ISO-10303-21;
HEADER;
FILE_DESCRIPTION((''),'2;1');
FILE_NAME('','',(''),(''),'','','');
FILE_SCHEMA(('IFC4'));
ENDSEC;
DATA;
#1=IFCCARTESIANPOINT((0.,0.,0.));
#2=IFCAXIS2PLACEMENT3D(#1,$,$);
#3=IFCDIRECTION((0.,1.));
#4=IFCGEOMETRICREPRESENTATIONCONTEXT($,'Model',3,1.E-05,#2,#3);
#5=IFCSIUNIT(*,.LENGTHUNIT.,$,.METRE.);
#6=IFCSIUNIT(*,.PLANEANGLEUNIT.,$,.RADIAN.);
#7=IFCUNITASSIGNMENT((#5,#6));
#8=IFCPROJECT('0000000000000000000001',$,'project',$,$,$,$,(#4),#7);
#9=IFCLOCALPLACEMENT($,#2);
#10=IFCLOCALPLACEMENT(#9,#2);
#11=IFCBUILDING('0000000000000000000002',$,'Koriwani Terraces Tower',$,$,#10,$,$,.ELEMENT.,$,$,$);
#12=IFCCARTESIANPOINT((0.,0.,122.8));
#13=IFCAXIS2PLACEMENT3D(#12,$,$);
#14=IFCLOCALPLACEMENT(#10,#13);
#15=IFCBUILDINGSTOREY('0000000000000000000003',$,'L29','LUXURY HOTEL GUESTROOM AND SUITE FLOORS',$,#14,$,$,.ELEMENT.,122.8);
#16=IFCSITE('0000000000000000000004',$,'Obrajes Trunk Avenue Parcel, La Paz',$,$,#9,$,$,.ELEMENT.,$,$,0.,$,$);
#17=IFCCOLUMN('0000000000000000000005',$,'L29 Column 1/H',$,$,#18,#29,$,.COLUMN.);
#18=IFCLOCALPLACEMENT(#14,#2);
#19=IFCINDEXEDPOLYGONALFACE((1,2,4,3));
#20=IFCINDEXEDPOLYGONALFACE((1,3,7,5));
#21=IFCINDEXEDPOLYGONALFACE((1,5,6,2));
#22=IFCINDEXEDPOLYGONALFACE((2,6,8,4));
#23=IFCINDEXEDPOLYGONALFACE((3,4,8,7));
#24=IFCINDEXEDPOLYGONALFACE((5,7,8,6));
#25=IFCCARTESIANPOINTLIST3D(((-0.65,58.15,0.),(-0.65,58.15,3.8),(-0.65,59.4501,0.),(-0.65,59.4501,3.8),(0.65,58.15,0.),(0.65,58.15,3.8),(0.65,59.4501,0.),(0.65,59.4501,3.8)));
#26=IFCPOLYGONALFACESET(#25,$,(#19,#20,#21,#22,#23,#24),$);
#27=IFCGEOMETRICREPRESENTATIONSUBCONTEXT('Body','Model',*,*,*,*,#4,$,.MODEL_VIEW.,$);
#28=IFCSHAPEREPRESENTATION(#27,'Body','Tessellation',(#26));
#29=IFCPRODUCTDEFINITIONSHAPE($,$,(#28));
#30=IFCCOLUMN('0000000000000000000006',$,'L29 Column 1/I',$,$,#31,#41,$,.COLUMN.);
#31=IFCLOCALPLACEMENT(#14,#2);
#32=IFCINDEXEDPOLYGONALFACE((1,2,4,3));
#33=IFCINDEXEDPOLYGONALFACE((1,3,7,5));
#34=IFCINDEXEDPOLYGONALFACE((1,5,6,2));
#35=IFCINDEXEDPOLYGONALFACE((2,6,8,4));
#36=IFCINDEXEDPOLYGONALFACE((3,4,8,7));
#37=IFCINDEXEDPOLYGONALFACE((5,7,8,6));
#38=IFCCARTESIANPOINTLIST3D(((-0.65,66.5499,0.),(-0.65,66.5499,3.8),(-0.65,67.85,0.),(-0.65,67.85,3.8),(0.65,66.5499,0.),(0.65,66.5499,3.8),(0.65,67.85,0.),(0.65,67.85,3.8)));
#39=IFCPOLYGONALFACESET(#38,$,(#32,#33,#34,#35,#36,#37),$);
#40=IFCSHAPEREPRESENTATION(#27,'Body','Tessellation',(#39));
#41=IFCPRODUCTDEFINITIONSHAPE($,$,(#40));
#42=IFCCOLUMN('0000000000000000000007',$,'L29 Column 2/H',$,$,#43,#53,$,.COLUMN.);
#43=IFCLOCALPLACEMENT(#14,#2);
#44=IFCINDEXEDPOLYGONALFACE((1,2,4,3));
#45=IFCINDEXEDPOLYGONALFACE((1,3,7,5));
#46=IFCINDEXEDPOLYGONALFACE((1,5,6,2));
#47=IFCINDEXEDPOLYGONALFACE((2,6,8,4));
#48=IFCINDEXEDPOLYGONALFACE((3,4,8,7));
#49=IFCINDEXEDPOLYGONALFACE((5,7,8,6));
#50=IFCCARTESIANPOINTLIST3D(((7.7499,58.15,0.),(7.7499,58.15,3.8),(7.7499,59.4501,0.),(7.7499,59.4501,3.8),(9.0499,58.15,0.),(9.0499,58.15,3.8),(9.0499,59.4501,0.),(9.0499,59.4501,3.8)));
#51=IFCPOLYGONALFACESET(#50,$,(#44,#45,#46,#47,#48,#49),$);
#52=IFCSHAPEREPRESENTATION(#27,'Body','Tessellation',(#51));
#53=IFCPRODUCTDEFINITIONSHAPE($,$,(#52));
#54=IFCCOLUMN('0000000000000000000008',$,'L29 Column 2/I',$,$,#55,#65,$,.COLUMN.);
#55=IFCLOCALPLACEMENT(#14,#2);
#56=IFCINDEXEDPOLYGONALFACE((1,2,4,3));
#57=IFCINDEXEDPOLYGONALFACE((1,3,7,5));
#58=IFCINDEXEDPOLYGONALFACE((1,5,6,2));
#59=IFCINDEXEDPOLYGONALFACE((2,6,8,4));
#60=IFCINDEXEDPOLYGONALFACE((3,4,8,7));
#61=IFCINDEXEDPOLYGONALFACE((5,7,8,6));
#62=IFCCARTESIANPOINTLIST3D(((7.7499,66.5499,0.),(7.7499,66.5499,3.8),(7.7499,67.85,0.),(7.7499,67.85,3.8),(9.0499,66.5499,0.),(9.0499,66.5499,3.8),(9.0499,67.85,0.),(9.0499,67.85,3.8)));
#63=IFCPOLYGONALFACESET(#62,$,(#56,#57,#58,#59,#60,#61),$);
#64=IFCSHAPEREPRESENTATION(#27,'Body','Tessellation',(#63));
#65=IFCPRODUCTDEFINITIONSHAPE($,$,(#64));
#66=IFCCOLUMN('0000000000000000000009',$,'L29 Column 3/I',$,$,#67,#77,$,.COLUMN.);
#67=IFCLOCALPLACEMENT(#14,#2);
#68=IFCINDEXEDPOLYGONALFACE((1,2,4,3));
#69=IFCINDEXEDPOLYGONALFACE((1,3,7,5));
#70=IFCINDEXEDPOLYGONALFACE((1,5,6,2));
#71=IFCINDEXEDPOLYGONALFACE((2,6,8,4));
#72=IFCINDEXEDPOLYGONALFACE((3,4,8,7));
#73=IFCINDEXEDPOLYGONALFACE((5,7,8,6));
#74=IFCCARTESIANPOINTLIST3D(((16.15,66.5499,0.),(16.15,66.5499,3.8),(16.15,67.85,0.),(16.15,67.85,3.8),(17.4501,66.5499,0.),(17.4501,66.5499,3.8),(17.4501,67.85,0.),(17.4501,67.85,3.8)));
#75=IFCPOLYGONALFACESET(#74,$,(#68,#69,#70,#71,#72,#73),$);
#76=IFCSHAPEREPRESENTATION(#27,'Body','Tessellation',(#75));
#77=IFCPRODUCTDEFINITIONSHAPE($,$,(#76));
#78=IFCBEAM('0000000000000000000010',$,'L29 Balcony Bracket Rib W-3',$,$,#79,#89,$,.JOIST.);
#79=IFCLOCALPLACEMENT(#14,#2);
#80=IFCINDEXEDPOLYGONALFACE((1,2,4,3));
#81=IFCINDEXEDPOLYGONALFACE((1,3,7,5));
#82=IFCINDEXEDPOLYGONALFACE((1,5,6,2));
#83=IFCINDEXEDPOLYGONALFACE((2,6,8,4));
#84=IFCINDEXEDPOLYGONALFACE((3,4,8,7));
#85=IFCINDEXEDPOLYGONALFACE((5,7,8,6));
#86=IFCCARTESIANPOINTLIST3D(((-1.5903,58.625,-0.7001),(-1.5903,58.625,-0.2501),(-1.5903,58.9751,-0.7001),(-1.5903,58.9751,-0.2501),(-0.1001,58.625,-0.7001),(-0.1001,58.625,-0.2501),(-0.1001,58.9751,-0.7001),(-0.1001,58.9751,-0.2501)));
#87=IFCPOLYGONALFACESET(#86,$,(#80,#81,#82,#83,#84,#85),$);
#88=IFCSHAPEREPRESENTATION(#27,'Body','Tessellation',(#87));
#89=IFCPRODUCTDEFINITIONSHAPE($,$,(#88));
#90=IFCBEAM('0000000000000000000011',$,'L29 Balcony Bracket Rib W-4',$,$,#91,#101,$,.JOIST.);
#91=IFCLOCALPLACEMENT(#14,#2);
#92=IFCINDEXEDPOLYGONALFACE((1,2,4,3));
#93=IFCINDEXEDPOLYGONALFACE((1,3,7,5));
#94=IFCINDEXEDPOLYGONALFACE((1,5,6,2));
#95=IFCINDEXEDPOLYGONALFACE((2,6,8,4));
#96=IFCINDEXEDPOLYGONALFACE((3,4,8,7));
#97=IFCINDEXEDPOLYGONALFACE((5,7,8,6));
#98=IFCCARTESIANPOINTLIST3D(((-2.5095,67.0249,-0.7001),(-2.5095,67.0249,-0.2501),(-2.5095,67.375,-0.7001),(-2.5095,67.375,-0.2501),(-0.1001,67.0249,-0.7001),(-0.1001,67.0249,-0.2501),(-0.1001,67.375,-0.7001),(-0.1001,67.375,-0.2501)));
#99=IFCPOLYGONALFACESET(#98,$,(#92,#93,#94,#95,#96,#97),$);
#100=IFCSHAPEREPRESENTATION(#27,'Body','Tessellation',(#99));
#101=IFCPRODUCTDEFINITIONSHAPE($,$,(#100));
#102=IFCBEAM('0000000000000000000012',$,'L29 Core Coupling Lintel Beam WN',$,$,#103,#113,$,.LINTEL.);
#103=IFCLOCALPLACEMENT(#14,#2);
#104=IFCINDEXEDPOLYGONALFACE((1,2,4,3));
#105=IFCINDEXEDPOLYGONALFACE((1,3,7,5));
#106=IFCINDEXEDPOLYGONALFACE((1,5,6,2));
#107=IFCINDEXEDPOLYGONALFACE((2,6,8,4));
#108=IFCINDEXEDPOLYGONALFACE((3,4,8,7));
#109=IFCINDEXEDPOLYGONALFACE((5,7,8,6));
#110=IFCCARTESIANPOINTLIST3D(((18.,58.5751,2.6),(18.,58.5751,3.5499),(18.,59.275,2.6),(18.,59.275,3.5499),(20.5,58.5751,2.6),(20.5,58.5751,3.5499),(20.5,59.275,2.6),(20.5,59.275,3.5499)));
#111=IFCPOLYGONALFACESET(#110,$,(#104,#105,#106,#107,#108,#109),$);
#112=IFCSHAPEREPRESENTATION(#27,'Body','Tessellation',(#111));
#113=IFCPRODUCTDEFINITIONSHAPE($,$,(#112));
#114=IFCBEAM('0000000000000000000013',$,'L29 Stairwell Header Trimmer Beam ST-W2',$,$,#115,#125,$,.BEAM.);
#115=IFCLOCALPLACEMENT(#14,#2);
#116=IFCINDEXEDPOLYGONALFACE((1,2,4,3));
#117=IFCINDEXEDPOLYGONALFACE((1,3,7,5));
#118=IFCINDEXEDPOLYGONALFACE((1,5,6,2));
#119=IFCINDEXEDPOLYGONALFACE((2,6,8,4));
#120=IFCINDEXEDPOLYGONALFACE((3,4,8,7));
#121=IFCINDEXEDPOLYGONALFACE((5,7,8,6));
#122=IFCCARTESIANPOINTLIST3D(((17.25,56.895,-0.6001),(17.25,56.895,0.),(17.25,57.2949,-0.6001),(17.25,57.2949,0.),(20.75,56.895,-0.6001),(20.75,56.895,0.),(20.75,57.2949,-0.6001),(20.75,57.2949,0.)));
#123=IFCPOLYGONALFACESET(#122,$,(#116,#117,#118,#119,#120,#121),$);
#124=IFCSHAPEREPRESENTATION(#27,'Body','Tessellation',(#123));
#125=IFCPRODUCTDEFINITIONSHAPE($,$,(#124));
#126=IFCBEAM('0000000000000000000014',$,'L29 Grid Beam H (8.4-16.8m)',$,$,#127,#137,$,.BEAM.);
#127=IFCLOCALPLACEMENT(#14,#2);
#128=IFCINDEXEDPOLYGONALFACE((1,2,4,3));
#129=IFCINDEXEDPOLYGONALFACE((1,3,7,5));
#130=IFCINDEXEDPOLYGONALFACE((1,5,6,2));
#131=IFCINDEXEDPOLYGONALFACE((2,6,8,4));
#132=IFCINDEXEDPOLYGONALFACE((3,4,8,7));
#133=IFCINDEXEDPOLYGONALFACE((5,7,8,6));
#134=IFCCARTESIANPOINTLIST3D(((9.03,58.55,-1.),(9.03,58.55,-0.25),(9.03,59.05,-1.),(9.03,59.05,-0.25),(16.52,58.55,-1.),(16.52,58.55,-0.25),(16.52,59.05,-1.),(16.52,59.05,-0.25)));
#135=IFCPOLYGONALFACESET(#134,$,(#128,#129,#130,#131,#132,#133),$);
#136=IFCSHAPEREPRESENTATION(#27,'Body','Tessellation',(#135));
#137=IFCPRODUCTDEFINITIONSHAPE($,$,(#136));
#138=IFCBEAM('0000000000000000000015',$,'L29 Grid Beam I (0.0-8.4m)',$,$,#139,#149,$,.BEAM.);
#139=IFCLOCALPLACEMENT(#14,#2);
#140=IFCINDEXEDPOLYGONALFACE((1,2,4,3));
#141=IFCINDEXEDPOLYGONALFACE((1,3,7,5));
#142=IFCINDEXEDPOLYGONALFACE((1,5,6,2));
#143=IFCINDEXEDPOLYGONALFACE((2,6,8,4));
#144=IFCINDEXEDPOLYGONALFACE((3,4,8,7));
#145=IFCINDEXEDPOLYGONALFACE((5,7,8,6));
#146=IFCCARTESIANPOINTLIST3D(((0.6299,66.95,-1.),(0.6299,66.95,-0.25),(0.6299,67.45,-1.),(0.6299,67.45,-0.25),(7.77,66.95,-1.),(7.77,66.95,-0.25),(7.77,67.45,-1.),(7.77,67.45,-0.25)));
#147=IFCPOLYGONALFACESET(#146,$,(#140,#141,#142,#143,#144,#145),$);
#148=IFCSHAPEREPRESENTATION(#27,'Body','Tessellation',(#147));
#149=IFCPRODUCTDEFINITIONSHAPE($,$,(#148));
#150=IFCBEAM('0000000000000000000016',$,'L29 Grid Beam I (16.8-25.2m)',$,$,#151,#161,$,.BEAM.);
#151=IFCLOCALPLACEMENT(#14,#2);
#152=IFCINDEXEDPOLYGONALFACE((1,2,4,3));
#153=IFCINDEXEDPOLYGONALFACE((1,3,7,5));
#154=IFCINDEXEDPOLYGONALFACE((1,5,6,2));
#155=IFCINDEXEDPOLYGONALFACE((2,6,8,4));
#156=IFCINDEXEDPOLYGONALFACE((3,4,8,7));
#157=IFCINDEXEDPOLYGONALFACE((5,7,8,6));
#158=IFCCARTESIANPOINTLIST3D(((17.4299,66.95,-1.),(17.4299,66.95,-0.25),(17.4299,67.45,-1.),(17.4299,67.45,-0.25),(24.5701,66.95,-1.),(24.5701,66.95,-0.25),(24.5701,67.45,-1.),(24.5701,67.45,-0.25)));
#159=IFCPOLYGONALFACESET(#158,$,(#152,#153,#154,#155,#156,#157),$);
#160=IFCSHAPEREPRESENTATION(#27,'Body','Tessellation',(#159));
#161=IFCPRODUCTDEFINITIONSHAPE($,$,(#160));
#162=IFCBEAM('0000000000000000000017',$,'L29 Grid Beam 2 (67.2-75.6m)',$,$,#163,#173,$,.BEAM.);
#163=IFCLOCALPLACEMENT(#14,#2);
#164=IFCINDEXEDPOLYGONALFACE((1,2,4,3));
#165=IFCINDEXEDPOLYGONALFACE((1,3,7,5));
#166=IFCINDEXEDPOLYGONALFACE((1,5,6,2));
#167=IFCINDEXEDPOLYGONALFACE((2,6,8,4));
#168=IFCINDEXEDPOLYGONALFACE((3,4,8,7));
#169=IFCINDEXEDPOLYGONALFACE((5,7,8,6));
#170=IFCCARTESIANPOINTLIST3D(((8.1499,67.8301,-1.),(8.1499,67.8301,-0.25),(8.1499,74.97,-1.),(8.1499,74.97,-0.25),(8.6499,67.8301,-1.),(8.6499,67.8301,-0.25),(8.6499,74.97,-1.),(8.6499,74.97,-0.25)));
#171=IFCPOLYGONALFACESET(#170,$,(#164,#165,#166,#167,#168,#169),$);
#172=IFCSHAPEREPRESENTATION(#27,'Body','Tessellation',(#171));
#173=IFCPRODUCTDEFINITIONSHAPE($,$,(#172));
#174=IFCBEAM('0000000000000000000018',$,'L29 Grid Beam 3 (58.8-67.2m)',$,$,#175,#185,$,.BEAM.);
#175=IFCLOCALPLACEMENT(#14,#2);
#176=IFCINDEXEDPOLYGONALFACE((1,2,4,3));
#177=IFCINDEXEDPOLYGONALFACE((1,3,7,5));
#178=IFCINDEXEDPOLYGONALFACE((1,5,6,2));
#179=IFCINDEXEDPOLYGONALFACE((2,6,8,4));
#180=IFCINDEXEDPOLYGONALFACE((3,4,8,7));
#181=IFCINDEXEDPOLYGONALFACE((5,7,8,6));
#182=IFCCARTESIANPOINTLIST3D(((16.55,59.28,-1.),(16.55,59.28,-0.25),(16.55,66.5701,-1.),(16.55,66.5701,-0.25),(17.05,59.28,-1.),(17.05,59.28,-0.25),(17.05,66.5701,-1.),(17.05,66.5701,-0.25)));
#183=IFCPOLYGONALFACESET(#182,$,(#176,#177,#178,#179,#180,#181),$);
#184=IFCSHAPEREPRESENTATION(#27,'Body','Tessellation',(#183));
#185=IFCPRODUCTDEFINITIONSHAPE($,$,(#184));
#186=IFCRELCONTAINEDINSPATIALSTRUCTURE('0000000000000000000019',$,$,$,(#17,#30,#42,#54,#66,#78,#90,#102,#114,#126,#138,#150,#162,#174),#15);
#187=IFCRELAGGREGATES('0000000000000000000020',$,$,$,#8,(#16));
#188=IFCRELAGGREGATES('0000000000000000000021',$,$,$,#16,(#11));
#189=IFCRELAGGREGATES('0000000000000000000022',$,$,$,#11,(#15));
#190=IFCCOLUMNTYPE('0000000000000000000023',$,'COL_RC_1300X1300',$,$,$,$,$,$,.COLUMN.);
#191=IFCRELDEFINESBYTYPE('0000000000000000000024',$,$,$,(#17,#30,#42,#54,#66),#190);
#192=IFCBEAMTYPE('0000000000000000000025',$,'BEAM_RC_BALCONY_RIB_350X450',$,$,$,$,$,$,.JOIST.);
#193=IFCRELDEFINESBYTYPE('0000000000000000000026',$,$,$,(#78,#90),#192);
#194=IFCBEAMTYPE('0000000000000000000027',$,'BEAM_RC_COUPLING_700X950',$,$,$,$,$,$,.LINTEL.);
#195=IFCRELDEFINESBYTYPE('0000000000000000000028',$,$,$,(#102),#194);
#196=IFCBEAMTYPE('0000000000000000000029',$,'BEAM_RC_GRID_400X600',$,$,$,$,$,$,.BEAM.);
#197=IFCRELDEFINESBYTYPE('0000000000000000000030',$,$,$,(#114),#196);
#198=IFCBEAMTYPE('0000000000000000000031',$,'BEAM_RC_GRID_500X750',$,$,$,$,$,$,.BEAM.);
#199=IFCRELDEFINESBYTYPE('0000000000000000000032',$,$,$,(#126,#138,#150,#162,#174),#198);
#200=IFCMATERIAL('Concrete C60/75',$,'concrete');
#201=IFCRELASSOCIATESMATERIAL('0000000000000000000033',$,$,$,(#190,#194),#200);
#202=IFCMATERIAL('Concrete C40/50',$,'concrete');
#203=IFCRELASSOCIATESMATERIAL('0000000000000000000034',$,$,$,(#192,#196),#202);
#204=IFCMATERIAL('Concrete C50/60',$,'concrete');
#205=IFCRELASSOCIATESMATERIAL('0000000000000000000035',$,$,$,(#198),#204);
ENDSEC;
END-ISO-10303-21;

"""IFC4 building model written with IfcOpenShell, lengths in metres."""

from ifc_helpers import new_model, si_unit, direction, frame, origin, origin_2d, place, context, subcontext, project, spatial, rectangle, extrude, material, material_profile, profile_set, type_object, element, save


model = new_model("IFC4")

# Units and contexts
model_context = context("Model", 3, precision=1e-05, world=origin(), true_north=direction((0.0, 1.0)))
body_context = subcontext(model_context, "Body", "Model", "MODEL_VIEW")
ifc_project = project(units=[si_unit("LENGTHUNIT", "METRE"), si_unit("PLANEANGLEUNIT", "RADIAN")], contexts=[model_context])

# Site, building, storey
site_placement = place(None, origin())
site = spatial("IfcSite", under=ifc_project, at=site_placement, Name="Obrajes Trunk Avenue Parcel, La Paz", CompositionType="ELEMENT", RefElevation=0.0)
building_placement = place(site_placement, origin())
building = spatial("IfcBuilding", under=site, at=building_placement, Name="Koriwani Terraces Tower", CompositionType="ELEMENT")
storey_placement = place(building_placement, frame((0.0, 0.0, 122.8)))
storey = spatial("IfcBuildingStorey", under=building, at=storey_placement, Name="L29", Description="LUXURY HOTEL GUESTROOM AND SUITE FLOORS", CompositionType="ELEMENT", Elevation=122.8)

# Columns
ifc_material_1 = material(Name="Concrete C60/75", Category="concrete")
ifc_material_profile_1 = material_profile(ifc_material_1, rectangle(XDim=1.3, YDim=1.3, at=origin_2d()), Name="Concrete C60/75", Category="LoadBearing")
ifc_profile_set_1 = profile_set([ifc_material_profile_1], Name="Concrete C60/75")
column_type = type_object("IfcColumnType", Name="COL_RC_1300X1300", PredefinedType="COLUMN", material=ifc_profile_set_1)
for number, where, z_axis, x_axis, name in (
    (1, (0.0, 58.8, 0.0), (0.0, 0.0, 1.0), (1.0, 0.0, 0.0), "L29 Column 1/H"),
    (2, (0.0, 67.2, 0.0), (0.0, 0.0, 1.0), (1.0, 0.0, 0.0), "L29 Column 1/I"),
    (3, (8.3999, 58.8, 0.0), (0.0, 0.0, 1.0), (1.0, 0.0, 0.0), "L29 Column 2/H"),
    (4, (8.3999, 67.2, 0.0), (0.0, 0.0, 1.0), (1.0, 0.0, 0.0), "L29 Column 2/I"),
    (5, (16.8, 67.2, 0.0), (0.0, 0.0, 1.0), (1.0, 0.0, 0.0), "L29 Column 3/I"),
):
    element("IfcColumn", number, at=place(storey_placement, frame(where, z_axis=z_axis, x_axis=x_axis)), inside=storey, type_object=column_type, Name=name, PredefinedType="COLUMN", context=body_context, shape_type="SweptSolid", body=[
        extrude(rectangle(XDim=1.3, YDim=1.3, at=origin_2d()), origin(), (0.0, 0.0, 1.0), 3.8),
    ])

# Beams
ifc_material_2 = material(Name="Concrete C40/50", Category="concrete")
ifc_material_profile_2 = material_profile(ifc_material_2, rectangle(XDim=0.3501, YDim=0.45, at=origin_2d()), Name="Concrete C40/50", Category="LoadBearing")
ifc_profile_set_2 = profile_set([ifc_material_profile_2], Name="Concrete C40/50")
beam_type_1 = type_object("IfcBeamType", Name="BEAM_RC_BALCONY_RIB_350X450", PredefinedType="JOIST", material=ifc_profile_set_2)
beam_1_placement = place(storey_placement, frame((-1.5903, 58.8, -0.4751), z_axis=(1.0, 0.0, 0.0), x_axis=(0.0, 1.0, 0.0)))
element("IfcBeam", 6, at=beam_1_placement, inside=storey, type_object=beam_type_1, Name="L29 Balcony Bracket Rib W-3", PredefinedType="JOIST", context=body_context, shape_type="SweptSolid", body=[
    extrude(rectangle(XDim=0.3501, YDim=0.45, at=origin_2d()), origin(), (0.0, 0.0, 1.0), 1.4902),
])
beam_2_placement = place(storey_placement, frame((-2.5095, 67.2, -0.4751), z_axis=(1.0, 0.0, 0.0), x_axis=(0.0, 1.0, 0.0)))
element("IfcBeam", 7, at=beam_2_placement, inside=storey, type_object=beam_type_1, Name="L29 Balcony Bracket Rib W-4", PredefinedType="JOIST", context=body_context, shape_type="SweptSolid", body=[
    extrude(rectangle(XDim=0.3501, YDim=0.45, at=origin_2d()), origin(), (0.0, 0.0, 1.0), 2.4094),
])
ifc_material_profile_3 = material_profile(ifc_material_1, rectangle(XDim=0.7, YDim=0.95, at=origin_2d()), Name="Concrete C60/75", Category="LoadBearing")
ifc_profile_set_3 = profile_set([ifc_material_profile_3], Name="Concrete C60/75")
beam_type_2 = type_object("IfcBeamType", Name="BEAM_RC_COUPLING_700X950", PredefinedType="LINTEL", material=ifc_profile_set_3)
beam_3_placement = place(storey_placement, frame((18.0, 58.925, 3.075), z_axis=(1.0, 0.0, 0.0), x_axis=(0.0, 1.0, 0.0)))
element("IfcBeam", 8, at=beam_3_placement, inside=storey, type_object=beam_type_2, Name="L29 Core Coupling Lintel Beam WN", PredefinedType="LINTEL", context=body_context, shape_type="SweptSolid", body=[
    extrude(rectangle(XDim=0.7, YDim=0.95, at=origin_2d()), origin(), (0.0, 0.0, 1.0), 2.5),
])
ifc_material_profile_4 = material_profile(ifc_material_2, rectangle(XDim=0.3999, YDim=0.6001, at=origin_2d()), Name="Concrete C40/50", Category="LoadBearing")
ifc_profile_set_4 = profile_set([ifc_material_profile_4], Name="Concrete C40/50")
beam_type_3 = type_object("IfcBeamType", Name="BEAM_RC_GRID_400X600", PredefinedType="BEAM", material=ifc_profile_set_4)
beam_4_placement = place(storey_placement, frame((17.25, 57.095, -0.3), z_axis=(1.0, 0.0, 0.0), x_axis=(0.0, 1.0, 0.0)))
element("IfcBeam", 9, at=beam_4_placement, inside=storey, type_object=beam_type_3, Name="L29 Stairwell Header Trimmer Beam ST-W2", PredefinedType="BEAM", context=body_context, shape_type="SweptSolid", body=[
    extrude(rectangle(XDim=0.3999, YDim=0.6001, at=origin_2d()), origin(), (0.0, 0.0, 1.0), 3.5),
])
ifc_material_3 = material(Name="Concrete C50/60", Category="concrete")
ifc_material_profile_5 = material_profile(ifc_material_3, rectangle(XDim=0.5, YDim=0.75, at=origin_2d()), Name="Concrete C50/60", Category="LoadBearing")
ifc_profile_set_5 = profile_set([ifc_material_profile_5], Name="Concrete C50/60")
beam_type_4 = type_object("IfcBeamType", Name="BEAM_RC_GRID_500X750", PredefinedType="BEAM", material=ifc_profile_set_5)
beam_5_placement = place(storey_placement, frame((9.03, 58.8, -0.625), z_axis=(1.0, 0.0, 0.0), x_axis=(0.0, 1.0, 0.0)))
element("IfcBeam", 10, at=beam_5_placement, inside=storey, type_object=beam_type_4, Name="L29 Grid Beam H (8.4-16.8m)", PredefinedType="BEAM", context=body_context, shape_type="SweptSolid", body=[
    extrude(rectangle(XDim=0.5, YDim=0.75, at=origin_2d()), origin(), (0.0, 0.0, 1.0), 7.49),
])
for number, where, z_axis, x_axis, name in (
    (11, (0.6299, 67.2, -0.625), (1.0, 0.0, 0.0), (0.0, 1.0, 0.0), "L29 Grid Beam I (0.0-8.4m)"),
    (12, (17.4299, 67.2, -0.625), (1.0, 0.0, 0.0), (0.0, 1.0, 0.0), "L29 Grid Beam I (16.8-25.2m)"),
):
    element("IfcBeam", number, at=place(storey_placement, frame(where, z_axis=z_axis, x_axis=x_axis)), inside=storey, type_object=beam_type_4, Name=name, PredefinedType="BEAM", context=body_context, shape_type="SweptSolid", body=[
        extrude(rectangle(XDim=0.5, YDim=0.75, at=origin_2d()), origin(), (0.0, 0.0, 1.0), 7.1401),
    ])
beam_6_placement = place(storey_placement, frame((8.3999, 67.8301, -0.625), z_axis=(0.0, 1.0, 0.0), x_axis=(-1.0, 0.0, 0.0)))
element("IfcBeam", 13, at=beam_6_placement, inside=storey, type_object=beam_type_4, Name="L29 Grid Beam 2 (67.2-75.6m)", PredefinedType="BEAM", context=body_context, shape_type="SweptSolid", body=[
    extrude(rectangle(XDim=0.5, YDim=0.75, at=origin_2d()), origin(), (0.0, 0.0, 1.0), 7.1399),
])
beam_7_placement = place(storey_placement, frame((16.8, 59.28, -0.625), z_axis=(0.0, 1.0, 0.0), x_axis=(-1.0, 0.0, 0.0)))
element("IfcBeam", 14, at=beam_7_placement, inside=storey, type_object=beam_type_4, Name="L29 Grid Beam 3 (58.8-67.2m)", PredefinedType="BEAM", context=body_context, shape_type="SweptSolid", body=[
    extrude(rectangle(XDim=0.5, YDim=0.75, at=origin_2d()), origin(), (0.0, 0.0, 1.0), 7.29),
])

save(model, "model.ifc")
